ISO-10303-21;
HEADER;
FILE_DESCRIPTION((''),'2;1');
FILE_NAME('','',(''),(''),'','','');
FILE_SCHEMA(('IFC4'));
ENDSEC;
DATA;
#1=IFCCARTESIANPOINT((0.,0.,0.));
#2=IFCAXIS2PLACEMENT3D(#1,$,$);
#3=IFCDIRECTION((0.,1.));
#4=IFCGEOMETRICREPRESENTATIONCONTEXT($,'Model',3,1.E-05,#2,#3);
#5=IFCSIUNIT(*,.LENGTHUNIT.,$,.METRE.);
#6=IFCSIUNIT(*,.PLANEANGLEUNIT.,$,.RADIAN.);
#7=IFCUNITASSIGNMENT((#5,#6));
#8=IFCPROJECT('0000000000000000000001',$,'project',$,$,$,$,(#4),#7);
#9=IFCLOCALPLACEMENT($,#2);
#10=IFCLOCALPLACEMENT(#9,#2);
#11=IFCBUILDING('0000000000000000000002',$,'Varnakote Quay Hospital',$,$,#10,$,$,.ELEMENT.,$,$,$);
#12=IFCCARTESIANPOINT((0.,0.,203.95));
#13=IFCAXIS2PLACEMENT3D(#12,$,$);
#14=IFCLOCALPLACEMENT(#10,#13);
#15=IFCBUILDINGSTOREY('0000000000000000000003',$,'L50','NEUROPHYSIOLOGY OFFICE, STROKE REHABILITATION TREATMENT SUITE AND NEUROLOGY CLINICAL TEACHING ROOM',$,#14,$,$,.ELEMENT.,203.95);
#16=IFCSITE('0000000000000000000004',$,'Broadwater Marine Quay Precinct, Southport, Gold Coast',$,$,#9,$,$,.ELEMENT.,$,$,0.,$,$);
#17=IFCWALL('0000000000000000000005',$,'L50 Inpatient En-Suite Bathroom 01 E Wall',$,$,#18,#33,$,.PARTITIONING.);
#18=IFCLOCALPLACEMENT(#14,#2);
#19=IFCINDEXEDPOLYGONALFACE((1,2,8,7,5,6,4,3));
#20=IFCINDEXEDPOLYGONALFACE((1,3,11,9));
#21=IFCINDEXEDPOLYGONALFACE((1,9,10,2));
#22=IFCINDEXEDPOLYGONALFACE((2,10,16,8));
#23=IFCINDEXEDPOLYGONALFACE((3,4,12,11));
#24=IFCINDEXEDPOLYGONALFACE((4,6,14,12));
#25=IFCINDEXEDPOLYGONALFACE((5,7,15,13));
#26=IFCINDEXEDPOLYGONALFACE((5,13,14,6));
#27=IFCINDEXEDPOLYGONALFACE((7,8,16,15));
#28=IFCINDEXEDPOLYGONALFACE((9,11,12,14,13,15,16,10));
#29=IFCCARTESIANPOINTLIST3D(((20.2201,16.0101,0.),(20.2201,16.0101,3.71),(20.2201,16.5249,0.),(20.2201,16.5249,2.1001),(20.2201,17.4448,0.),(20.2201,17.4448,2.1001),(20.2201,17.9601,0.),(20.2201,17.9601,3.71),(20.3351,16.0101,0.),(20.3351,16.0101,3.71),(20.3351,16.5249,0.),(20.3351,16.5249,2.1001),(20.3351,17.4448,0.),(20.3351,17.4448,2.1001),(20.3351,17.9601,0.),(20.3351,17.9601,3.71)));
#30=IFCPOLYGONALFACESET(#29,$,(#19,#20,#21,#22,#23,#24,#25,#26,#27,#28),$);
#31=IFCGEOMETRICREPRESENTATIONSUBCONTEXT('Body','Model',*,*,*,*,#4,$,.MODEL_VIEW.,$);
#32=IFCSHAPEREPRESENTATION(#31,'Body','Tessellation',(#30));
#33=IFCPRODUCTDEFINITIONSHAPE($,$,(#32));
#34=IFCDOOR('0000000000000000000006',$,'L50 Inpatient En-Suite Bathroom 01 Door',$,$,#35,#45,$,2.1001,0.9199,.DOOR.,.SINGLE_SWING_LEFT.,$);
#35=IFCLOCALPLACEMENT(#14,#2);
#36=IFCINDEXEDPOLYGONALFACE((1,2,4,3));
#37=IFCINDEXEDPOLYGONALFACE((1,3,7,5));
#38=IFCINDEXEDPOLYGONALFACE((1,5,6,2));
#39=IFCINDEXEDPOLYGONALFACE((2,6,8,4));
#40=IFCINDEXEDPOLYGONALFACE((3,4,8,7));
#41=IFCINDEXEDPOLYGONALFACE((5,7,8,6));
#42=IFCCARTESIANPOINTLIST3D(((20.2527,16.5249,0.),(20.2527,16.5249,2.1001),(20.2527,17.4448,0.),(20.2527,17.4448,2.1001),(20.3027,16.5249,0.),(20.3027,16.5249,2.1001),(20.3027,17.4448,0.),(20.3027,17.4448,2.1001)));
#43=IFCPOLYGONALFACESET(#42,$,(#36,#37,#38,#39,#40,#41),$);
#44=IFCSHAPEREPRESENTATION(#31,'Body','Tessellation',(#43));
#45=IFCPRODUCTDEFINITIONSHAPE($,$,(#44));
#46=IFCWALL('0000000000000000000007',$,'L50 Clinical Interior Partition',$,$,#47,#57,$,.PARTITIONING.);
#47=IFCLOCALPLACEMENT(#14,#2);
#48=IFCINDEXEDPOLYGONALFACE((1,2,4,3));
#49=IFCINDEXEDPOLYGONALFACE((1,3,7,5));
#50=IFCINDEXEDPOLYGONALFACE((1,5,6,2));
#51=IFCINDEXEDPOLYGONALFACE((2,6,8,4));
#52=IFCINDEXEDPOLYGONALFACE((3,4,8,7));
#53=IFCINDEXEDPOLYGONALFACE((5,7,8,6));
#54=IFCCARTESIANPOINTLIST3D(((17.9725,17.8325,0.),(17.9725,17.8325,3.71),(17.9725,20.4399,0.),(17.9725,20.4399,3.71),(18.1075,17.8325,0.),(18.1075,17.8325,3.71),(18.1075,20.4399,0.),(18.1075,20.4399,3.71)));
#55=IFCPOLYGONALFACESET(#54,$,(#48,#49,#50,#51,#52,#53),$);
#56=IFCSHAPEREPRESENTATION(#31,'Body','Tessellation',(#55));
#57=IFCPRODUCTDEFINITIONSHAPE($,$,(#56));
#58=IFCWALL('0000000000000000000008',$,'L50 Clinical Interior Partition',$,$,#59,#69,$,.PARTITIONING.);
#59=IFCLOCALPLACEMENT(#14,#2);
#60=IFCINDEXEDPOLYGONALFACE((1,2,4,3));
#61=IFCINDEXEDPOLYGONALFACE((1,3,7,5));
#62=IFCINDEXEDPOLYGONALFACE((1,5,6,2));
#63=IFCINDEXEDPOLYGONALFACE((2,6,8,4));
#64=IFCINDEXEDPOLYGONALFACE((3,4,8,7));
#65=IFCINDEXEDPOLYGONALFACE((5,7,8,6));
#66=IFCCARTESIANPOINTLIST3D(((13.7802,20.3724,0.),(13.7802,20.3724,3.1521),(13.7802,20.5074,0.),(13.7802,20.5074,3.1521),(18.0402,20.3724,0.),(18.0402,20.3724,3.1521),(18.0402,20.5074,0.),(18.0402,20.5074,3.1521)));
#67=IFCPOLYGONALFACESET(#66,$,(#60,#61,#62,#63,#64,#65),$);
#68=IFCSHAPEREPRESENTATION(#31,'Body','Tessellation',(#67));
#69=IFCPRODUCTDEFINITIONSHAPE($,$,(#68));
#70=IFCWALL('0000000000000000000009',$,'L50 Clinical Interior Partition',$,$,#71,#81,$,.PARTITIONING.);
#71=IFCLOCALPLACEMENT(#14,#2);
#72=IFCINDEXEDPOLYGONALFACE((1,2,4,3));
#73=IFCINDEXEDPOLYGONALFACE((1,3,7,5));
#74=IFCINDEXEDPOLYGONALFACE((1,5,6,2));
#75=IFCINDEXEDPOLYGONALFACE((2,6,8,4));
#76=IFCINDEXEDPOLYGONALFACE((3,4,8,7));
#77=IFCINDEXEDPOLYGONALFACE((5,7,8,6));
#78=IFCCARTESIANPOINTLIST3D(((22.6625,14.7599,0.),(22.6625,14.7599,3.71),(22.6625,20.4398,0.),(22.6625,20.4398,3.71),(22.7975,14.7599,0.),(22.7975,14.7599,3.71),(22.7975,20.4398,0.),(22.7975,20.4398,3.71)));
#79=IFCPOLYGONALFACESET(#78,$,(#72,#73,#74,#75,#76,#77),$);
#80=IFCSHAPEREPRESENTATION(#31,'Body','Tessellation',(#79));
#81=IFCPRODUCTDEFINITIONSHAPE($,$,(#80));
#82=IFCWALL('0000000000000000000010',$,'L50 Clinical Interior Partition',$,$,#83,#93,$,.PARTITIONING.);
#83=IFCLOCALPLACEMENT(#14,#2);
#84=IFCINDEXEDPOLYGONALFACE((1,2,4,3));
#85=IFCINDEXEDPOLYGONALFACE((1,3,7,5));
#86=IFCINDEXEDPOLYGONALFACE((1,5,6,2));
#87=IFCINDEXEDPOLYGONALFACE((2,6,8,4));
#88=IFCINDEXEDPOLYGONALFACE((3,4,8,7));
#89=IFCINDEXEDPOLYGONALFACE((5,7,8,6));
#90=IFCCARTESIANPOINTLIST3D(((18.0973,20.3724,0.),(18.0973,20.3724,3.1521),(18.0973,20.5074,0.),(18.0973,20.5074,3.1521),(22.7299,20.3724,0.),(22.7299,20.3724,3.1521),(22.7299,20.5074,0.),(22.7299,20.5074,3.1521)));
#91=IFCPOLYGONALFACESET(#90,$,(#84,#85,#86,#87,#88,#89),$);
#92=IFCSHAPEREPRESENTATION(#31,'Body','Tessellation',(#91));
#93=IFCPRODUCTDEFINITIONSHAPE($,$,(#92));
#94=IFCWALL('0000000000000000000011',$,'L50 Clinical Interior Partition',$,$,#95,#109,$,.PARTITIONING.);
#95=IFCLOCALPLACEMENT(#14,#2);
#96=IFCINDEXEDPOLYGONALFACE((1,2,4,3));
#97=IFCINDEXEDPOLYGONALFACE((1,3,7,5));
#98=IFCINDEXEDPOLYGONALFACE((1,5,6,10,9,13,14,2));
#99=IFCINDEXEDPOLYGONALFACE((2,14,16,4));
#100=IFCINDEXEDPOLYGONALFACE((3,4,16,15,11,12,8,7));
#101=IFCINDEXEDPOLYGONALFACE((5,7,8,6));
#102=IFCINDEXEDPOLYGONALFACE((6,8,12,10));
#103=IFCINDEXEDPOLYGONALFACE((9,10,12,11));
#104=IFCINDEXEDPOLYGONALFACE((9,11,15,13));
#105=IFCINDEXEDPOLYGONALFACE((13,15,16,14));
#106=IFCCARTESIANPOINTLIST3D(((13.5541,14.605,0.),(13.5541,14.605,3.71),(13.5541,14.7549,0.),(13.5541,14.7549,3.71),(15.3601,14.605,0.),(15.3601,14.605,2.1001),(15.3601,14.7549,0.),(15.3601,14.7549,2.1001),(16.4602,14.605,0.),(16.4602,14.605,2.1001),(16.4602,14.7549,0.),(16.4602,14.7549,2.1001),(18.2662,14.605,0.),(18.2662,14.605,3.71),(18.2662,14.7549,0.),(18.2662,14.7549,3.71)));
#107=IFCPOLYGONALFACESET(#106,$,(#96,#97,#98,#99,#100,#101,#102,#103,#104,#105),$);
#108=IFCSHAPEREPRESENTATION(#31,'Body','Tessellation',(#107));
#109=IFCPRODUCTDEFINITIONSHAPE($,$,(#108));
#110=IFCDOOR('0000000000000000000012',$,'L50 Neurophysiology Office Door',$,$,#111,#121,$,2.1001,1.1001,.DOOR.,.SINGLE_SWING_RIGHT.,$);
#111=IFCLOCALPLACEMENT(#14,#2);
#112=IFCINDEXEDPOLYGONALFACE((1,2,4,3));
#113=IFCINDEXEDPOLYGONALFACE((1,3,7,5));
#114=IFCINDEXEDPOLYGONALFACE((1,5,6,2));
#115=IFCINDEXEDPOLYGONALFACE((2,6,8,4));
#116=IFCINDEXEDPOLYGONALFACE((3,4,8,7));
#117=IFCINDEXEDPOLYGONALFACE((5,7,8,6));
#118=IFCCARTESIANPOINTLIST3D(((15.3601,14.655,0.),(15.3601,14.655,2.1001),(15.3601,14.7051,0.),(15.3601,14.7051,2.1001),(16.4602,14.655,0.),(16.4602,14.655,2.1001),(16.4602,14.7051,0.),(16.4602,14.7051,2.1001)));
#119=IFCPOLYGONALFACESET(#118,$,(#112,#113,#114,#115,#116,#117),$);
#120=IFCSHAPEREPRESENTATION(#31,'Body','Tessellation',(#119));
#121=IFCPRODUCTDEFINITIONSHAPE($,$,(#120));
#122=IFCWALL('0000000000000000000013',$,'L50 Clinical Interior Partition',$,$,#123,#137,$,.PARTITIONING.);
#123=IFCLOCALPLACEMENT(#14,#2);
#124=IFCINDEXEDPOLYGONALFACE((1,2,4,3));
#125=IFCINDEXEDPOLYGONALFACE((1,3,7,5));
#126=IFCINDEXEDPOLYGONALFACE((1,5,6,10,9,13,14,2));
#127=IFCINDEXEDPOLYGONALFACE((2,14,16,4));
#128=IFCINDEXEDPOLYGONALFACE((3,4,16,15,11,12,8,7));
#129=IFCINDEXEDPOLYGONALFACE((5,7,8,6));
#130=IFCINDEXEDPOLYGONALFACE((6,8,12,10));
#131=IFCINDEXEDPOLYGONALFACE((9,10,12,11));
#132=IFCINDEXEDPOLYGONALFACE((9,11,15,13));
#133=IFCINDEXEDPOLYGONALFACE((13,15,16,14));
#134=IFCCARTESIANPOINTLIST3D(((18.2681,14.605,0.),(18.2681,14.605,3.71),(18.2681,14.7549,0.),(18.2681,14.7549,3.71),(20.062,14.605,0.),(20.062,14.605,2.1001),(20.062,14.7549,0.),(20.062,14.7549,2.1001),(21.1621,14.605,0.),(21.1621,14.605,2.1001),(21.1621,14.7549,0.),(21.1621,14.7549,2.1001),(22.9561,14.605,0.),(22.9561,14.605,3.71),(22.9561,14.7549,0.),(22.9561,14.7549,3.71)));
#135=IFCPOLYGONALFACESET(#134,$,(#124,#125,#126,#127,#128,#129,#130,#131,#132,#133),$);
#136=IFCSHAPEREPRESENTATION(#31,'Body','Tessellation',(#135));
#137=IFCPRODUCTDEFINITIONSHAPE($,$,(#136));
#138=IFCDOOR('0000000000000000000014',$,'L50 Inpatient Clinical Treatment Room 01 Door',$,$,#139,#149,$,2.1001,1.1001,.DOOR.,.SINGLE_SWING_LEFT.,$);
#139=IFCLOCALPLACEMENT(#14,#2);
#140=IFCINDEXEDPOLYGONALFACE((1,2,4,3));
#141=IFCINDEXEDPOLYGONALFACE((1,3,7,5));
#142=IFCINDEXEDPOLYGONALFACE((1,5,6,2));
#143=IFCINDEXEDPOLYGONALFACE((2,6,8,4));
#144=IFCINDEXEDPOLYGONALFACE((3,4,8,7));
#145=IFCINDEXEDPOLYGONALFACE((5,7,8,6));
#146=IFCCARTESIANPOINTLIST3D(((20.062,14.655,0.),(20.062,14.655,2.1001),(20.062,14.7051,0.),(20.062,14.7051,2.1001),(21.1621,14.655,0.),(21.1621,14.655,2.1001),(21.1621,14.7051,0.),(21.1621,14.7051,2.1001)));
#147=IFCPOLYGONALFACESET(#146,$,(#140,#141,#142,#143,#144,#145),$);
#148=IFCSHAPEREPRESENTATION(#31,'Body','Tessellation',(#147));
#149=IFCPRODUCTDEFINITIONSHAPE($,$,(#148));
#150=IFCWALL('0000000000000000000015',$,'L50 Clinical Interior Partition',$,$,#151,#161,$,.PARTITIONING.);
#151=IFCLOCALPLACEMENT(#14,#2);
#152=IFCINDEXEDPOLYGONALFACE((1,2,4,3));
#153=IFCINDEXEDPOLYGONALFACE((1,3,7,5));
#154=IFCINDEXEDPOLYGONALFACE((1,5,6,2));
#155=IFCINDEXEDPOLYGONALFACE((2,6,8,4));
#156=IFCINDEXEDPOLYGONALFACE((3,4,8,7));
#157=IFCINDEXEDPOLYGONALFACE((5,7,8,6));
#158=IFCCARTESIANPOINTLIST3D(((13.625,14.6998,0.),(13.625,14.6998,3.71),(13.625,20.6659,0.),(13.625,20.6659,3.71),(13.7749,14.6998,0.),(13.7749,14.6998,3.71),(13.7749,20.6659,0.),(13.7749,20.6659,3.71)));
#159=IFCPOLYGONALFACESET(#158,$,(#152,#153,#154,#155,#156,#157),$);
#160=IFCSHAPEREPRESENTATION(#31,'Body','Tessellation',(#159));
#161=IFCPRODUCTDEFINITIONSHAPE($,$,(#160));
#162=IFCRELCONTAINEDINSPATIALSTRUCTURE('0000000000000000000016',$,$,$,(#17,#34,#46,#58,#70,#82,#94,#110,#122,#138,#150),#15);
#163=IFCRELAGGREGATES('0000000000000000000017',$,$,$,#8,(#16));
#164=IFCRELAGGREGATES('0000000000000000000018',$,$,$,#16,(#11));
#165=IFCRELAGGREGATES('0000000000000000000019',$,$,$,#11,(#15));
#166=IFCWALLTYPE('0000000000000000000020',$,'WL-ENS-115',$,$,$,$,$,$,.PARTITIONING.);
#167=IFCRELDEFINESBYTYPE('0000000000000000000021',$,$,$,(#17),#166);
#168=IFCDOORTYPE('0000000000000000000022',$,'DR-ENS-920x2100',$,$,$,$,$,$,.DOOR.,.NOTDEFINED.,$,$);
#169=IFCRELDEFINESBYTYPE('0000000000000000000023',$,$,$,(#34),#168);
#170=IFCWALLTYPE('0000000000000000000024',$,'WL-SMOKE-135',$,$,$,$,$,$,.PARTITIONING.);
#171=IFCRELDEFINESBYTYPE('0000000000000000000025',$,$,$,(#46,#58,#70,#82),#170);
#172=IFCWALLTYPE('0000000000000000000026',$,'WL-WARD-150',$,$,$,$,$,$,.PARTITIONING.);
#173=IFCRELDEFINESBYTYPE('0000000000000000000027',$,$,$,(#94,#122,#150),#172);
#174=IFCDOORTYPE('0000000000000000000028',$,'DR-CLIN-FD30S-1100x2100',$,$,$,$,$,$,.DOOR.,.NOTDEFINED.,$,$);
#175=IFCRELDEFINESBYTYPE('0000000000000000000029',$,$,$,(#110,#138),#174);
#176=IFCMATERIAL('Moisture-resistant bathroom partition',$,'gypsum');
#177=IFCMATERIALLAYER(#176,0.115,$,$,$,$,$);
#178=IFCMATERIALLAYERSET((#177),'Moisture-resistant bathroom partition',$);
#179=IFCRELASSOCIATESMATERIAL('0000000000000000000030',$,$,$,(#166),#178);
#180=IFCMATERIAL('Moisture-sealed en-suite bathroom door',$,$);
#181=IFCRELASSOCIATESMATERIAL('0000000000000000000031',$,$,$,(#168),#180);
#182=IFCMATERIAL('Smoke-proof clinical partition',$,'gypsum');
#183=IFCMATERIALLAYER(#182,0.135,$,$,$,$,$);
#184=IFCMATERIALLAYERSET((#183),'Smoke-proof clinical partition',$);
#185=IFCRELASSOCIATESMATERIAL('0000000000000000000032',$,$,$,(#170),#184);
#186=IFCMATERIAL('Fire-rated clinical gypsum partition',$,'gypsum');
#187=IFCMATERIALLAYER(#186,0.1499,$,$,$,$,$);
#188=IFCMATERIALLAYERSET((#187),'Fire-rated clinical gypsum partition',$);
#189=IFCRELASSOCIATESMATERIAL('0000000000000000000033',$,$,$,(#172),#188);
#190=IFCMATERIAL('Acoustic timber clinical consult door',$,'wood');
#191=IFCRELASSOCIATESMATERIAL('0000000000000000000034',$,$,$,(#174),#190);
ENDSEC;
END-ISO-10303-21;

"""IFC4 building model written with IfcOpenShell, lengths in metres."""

from ifc_helpers import new_model, si_unit, direction, frame, frame_2d, origin, place, context, subcontext, project, spatial, rectangle, extrude, material, layer, layer_set, type_object, element, fill, save


model = new_model("IFC4")

# Units and contexts
model_context = context("Model", 3, precision=1e-05, world=origin(), true_north=direction((0.0, 1.0)))
body_context = subcontext(model_context, "Body", "Model", "MODEL_VIEW")
ifc_project = project(units=[si_unit("LENGTHUNIT", "METRE"), si_unit("PLANEANGLEUNIT", "RADIAN")], contexts=[model_context])

# Site, building, storey
site_placement = place(None, origin())
site = spatial("IfcSite", under=ifc_project, at=site_placement, Name="Broadwater Marine Quay Precinct, Southport, Gold Coast", CompositionType="ELEMENT", RefElevation=0.0)
building_placement = place(site_placement, origin())
building = spatial("IfcBuilding", under=site, at=building_placement, Name="Varnakote Quay Hospital", CompositionType="ELEMENT")
storey_placement = place(building_placement, frame((0.0, 0.0, 203.95)))
storey = spatial("IfcBuildingStorey", under=building, at=storey_placement, Name="L50", Description="NEUROPHYSIOLOGY OFFICE, STROKE REHABILITATION TREATMENT SUITE AND NEUROLOGY CLINICAL TEACHING ROOM", CompositionType="ELEMENT", Elevation=203.95)

# Shared definitions
ifc_material_1 = material(Name="Moisture-resistant bathroom partition", Category="gypsum")
ifc_layer_1 = layer(ifc_material_1, 0.115)
ifc_layer_set_1 = layer_set([ifc_layer_1], Name="Moisture-resistant bathroom partition")
wall_type_1 = type_object("IfcWallType", Name="WL-ENS-115", PredefinedType="PARTITIONING", material=ifc_layer_set_1)

# Wall, opening, door
wall_1_placement = place(storey_placement, frame((20.2776, 16.01, 0.0), z_axis=(0.0, 0.0, 1.0), x_axis=(0.0, 1.0, 0.0)))
wall_1 = element("IfcWall", 1, at=wall_1_placement, inside=storey, type_object=wall_type_1, Name="L50 Inpatient En-Suite Bathroom 01 E Wall", PredefinedType="PARTITIONING", context=body_context, shape_type="SweptSolid", body=[
    extrude(rectangle(XDim=1.95, YDim=0.115, at=frame_2d((0.9751, 0.0))), origin(), (0.0, 0.0, 1.0), 3.71),
])
opening_1_placement = place(wall_1_placement, frame((0.5149, 0.0, 0.0)))
opening_1 = element("IfcOpeningElement", 2, at=opening_1_placement, cuts=wall_1, PredefinedType="OPENING", context=body_context, shape_type="SweptSolid", body=[
    extrude(rectangle(XDim=0.9199, YDim=2.1001, at=frame_2d((0.46, 1.05))), frame((0.0, 0.0674, 0.0), z_axis=(0.0, -1.0, 0.0), x_axis=(1.0, 0.0, 0.0)), (0.0, 0.0, 1.0), 0.135),
])
ifc_material_2 = material(Name="Moisture-sealed en-suite bathroom door")
door_type_1 = type_object("IfcDoorType", Name="DR-ENS-920x2100", OperationType="NOTDEFINED", PredefinedType="DOOR", material=ifc_material_2)
door_1_placement = place(opening_1_placement, origin())
door_1 = element("IfcDoor", 3, at=door_1_placement, inside=storey, type_object=door_type_1, Name="L50 Inpatient En-Suite Bathroom 01 Door", OperationType="SINGLE_SWING_LEFT", OverallHeight=2.1001, OverallWidth=0.9199, PredefinedType="DOOR", context=body_context, shape_type="SweptSolid", body=[
    extrude(rectangle(XDim=0.9199, YDim=2.1001, at=frame_2d((0.46, 1.05))), frame((0.0, 0.0249, 0.0), z_axis=(0.0, -1.0, 0.0), x_axis=(1.0, 0.0, 0.0)), (0.0, 0.0, 1.0), 0.05),
])
fill(opening_1, door_1)

# Walls
ifc_material_3 = material(Name="Smoke-proof clinical partition", Category="gypsum")
ifc_layer_2 = layer(ifc_material_3, 0.135)
ifc_layer_set_2 = layer_set([ifc_layer_2], Name="Smoke-proof clinical partition")
wall_type_2 = type_object("IfcWallType", Name="WL-SMOKE-135", PredefinedType="PARTITIONING", material=ifc_layer_set_2)
wall_2_placement = place(storey_placement, frame((18.04, 17.8325, 0.0), z_axis=(0.0, 0.0, 1.0), x_axis=(0.0, 1.0, 0.0)))
element("IfcWall", 4, at=wall_2_placement, inside=storey, type_object=wall_type_2, Name="L50 Clinical Interior Partition", PredefinedType="PARTITIONING", context=body_context, shape_type="SweptSolid", body=[
    extrude(rectangle(XDim=2.6074, YDim=0.135, at=frame_2d((1.3037, 0.0))), origin(), (0.0, 0.0, 1.0), 3.71),
])
wall_3_placement = place(storey_placement, frame((18.04, 20.4399, 0.0), z_axis=(0.0, 0.0, 1.0), x_axis=(-1.0, 0.0, 0.0)))
element("IfcWall", 5, at=wall_3_placement, inside=storey, type_object=wall_type_2, Name="L50 Clinical Interior Partition", PredefinedType="PARTITIONING", context=body_context, shape_type="SweptSolid", body=[
    extrude(rectangle(XDim=4.26, YDim=0.135, at=frame_2d((2.1299, 0.0))), origin(), (0.0, 0.0, 1.0), 3.1521),
])
wall_4_placement = place(storey_placement, frame((22.73, 14.76, 0.0), z_axis=(0.0, 0.0, 1.0), x_axis=(0.0, 1.0, 0.0)))
element("IfcWall", 6, at=wall_4_placement, inside=storey, type_object=wall_type_2, Name="L50 Clinical Interior Partition", PredefinedType="PARTITIONING", context=body_context, shape_type="SweptSolid", body=[
    extrude(rectangle(XDim=5.6799, YDim=0.135, at=frame_2d((2.8398, 0.0))), origin(), (0.0, 0.0, 1.0), 3.71),
])
wall_5_placement = place(storey_placement, frame((22.73, 20.4399, 0.0), z_axis=(0.0, 0.0, 1.0), x_axis=(-1.0, 0.0, 0.0)))
element("IfcWall", 7, at=wall_5_placement, inside=storey, type_object=wall_type_2, Name="L50 Clinical Interior Partition", PredefinedType="PARTITIONING", context=body_context, shape_type="SweptSolid", body=[
    extrude(rectangle(XDim=4.6326, YDim=0.135, at=frame_2d((2.3164, 0.0))), origin(), (0.0, 0.0, 1.0), 3.1521),
])

# Walls, openings, doors
ifc_material_4 = material(Name="Fire-rated clinical gypsum partition", Category="gypsum")
ifc_layer_3 = layer(ifc_material_4, 0.1499)
ifc_layer_set_3 = layer_set([ifc_layer_3], Name="Fire-rated clinical gypsum partition")
wall_type_3 = type_object("IfcWallType", Name="WL-WARD-150", PredefinedType="PARTITIONING", material=ifc_layer_set_3)
wall_6_placement = place(storey_placement, frame((18.2661, 14.6799, 0.0), z_axis=(0.0, 0.0, 1.0), x_axis=(-1.0, 0.0, 0.0)))
wall_6 = element("IfcWall", 8, at=wall_6_placement, inside=storey, type_object=wall_type_3, Name="L50 Clinical Interior Partition", PredefinedType="PARTITIONING", context=body_context, shape_type="SweptSolid", body=[
    extrude(rectangle(XDim=4.7122, YDim=0.1499, at=frame_2d((2.356, 0.0))), origin(), (0.0, 0.0, 1.0), 3.71),
])
opening_2_placement = place(wall_6_placement, frame((1.8059, 0.0, 0.0)))
opening_2 = element("IfcOpeningElement", 9, at=opening_2_placement, cuts=wall_6, PredefinedType="OPENING", context=body_context, shape_type="SweptSolid", body=[
    extrude(rectangle(XDim=1.1001, YDim=2.1001, at=frame_2d((0.55, 1.05))), frame((0.0, 0.085, 0.0), z_axis=(0.0, -1.0, 0.0), x_axis=(1.0, 0.0, 0.0)), (0.0, 0.0, 1.0), 0.1699),
])
ifc_material_5 = material(Name="Acoustic timber clinical consult door", Category="wood")
door_type_2 = type_object("IfcDoorType", Name="DR-CLIN-FD30S-1100x2100", OperationType="NOTDEFINED", PredefinedType="DOOR", material=ifc_material_5)
door_2_placement = place(opening_2_placement, origin())
door_2 = element("IfcDoor", 10, at=door_2_placement, inside=storey, type_object=door_type_2, Name="L50 Neurophysiology Office Door", OperationType="SINGLE_SWING_RIGHT", OverallHeight=2.1001, OverallWidth=1.1001, PredefinedType="DOOR", context=body_context, shape_type="SweptSolid", body=[
    extrude(rectangle(XDim=1.1001, YDim=2.1001, at=frame_2d((0.55, 1.05))), frame((0.0, 0.0249, 0.0), z_axis=(0.0, -1.0, 0.0), x_axis=(1.0, 0.0, 0.0)), (0.0, 0.0, 1.0), 0.05),
])
fill(opening_2, door_2)
wall_7_placement = place(storey_placement, frame((22.9561, 14.6799, 0.0), z_axis=(0.0, 0.0, 1.0), x_axis=(-1.0, 0.0, 0.0)))
wall_7 = element("IfcWall", 11, at=wall_7_placement, inside=storey, type_object=wall_type_3, Name="L50 Clinical Interior Partition", PredefinedType="PARTITIONING", context=body_context, shape_type="SweptSolid", body=[
    extrude(rectangle(XDim=4.688, YDim=0.1499, at=frame_2d((2.344, 0.0))), origin(), (0.0, 0.0, 1.0), 3.71),
])
opening_3_placement = place(wall_7_placement, frame((1.7939, 0.0, 0.0)))
opening_3 = element("IfcOpeningElement", 12, at=opening_3_placement, cuts=wall_7, PredefinedType="OPENING", context=body_context, shape_type="SweptSolid", body=[
    extrude(rectangle(XDim=1.1001, YDim=2.1001, at=frame_2d((0.55, 1.05))), frame((0.0, 0.085, 0.0), z_axis=(0.0, -1.0, 0.0), x_axis=(1.0, 0.0, 0.0)), (0.0, 0.0, 1.0), 0.1699),
])
door_3_placement = place(opening_3_placement, origin())
door_3 = element("IfcDoor", 13, at=door_3_placement, inside=storey, type_object=door_type_2, Name="L50 Inpatient Clinical Treatment Room 01 Door", OperationType="SINGLE_SWING_LEFT", OverallHeight=2.1001, OverallWidth=1.1001, PredefinedType="DOOR", context=body_context, shape_type="SweptSolid", body=[
    extrude(rectangle(XDim=1.1001, YDim=2.1001, at=frame_2d((0.55, 1.05))), frame((0.0, 0.0249, 0.0), z_axis=(0.0, -1.0, 0.0), x_axis=(1.0, 0.0, 0.0)), (0.0, 0.0, 1.0), 0.05),
])
fill(opening_3, door_3)

# Wall
wall_8_placement = place(storey_placement, frame((13.7, 14.7, 0.0), z_axis=(0.0, 0.0, 1.0), x_axis=(0.0, 1.0, 0.0)))
element("IfcWall", 14, at=wall_8_placement, inside=storey, type_object=wall_type_3, Name="L50 Clinical Interior Partition", PredefinedType="PARTITIONING", context=body_context, shape_type="SweptSolid", body=[
    extrude(rectangle(XDim=5.9661, YDim=0.1499, at=frame_2d((2.9829, 0.0))), origin(), (0.0, 0.0, 1.0), 3.71),
])

save(model, "model.ifc")
